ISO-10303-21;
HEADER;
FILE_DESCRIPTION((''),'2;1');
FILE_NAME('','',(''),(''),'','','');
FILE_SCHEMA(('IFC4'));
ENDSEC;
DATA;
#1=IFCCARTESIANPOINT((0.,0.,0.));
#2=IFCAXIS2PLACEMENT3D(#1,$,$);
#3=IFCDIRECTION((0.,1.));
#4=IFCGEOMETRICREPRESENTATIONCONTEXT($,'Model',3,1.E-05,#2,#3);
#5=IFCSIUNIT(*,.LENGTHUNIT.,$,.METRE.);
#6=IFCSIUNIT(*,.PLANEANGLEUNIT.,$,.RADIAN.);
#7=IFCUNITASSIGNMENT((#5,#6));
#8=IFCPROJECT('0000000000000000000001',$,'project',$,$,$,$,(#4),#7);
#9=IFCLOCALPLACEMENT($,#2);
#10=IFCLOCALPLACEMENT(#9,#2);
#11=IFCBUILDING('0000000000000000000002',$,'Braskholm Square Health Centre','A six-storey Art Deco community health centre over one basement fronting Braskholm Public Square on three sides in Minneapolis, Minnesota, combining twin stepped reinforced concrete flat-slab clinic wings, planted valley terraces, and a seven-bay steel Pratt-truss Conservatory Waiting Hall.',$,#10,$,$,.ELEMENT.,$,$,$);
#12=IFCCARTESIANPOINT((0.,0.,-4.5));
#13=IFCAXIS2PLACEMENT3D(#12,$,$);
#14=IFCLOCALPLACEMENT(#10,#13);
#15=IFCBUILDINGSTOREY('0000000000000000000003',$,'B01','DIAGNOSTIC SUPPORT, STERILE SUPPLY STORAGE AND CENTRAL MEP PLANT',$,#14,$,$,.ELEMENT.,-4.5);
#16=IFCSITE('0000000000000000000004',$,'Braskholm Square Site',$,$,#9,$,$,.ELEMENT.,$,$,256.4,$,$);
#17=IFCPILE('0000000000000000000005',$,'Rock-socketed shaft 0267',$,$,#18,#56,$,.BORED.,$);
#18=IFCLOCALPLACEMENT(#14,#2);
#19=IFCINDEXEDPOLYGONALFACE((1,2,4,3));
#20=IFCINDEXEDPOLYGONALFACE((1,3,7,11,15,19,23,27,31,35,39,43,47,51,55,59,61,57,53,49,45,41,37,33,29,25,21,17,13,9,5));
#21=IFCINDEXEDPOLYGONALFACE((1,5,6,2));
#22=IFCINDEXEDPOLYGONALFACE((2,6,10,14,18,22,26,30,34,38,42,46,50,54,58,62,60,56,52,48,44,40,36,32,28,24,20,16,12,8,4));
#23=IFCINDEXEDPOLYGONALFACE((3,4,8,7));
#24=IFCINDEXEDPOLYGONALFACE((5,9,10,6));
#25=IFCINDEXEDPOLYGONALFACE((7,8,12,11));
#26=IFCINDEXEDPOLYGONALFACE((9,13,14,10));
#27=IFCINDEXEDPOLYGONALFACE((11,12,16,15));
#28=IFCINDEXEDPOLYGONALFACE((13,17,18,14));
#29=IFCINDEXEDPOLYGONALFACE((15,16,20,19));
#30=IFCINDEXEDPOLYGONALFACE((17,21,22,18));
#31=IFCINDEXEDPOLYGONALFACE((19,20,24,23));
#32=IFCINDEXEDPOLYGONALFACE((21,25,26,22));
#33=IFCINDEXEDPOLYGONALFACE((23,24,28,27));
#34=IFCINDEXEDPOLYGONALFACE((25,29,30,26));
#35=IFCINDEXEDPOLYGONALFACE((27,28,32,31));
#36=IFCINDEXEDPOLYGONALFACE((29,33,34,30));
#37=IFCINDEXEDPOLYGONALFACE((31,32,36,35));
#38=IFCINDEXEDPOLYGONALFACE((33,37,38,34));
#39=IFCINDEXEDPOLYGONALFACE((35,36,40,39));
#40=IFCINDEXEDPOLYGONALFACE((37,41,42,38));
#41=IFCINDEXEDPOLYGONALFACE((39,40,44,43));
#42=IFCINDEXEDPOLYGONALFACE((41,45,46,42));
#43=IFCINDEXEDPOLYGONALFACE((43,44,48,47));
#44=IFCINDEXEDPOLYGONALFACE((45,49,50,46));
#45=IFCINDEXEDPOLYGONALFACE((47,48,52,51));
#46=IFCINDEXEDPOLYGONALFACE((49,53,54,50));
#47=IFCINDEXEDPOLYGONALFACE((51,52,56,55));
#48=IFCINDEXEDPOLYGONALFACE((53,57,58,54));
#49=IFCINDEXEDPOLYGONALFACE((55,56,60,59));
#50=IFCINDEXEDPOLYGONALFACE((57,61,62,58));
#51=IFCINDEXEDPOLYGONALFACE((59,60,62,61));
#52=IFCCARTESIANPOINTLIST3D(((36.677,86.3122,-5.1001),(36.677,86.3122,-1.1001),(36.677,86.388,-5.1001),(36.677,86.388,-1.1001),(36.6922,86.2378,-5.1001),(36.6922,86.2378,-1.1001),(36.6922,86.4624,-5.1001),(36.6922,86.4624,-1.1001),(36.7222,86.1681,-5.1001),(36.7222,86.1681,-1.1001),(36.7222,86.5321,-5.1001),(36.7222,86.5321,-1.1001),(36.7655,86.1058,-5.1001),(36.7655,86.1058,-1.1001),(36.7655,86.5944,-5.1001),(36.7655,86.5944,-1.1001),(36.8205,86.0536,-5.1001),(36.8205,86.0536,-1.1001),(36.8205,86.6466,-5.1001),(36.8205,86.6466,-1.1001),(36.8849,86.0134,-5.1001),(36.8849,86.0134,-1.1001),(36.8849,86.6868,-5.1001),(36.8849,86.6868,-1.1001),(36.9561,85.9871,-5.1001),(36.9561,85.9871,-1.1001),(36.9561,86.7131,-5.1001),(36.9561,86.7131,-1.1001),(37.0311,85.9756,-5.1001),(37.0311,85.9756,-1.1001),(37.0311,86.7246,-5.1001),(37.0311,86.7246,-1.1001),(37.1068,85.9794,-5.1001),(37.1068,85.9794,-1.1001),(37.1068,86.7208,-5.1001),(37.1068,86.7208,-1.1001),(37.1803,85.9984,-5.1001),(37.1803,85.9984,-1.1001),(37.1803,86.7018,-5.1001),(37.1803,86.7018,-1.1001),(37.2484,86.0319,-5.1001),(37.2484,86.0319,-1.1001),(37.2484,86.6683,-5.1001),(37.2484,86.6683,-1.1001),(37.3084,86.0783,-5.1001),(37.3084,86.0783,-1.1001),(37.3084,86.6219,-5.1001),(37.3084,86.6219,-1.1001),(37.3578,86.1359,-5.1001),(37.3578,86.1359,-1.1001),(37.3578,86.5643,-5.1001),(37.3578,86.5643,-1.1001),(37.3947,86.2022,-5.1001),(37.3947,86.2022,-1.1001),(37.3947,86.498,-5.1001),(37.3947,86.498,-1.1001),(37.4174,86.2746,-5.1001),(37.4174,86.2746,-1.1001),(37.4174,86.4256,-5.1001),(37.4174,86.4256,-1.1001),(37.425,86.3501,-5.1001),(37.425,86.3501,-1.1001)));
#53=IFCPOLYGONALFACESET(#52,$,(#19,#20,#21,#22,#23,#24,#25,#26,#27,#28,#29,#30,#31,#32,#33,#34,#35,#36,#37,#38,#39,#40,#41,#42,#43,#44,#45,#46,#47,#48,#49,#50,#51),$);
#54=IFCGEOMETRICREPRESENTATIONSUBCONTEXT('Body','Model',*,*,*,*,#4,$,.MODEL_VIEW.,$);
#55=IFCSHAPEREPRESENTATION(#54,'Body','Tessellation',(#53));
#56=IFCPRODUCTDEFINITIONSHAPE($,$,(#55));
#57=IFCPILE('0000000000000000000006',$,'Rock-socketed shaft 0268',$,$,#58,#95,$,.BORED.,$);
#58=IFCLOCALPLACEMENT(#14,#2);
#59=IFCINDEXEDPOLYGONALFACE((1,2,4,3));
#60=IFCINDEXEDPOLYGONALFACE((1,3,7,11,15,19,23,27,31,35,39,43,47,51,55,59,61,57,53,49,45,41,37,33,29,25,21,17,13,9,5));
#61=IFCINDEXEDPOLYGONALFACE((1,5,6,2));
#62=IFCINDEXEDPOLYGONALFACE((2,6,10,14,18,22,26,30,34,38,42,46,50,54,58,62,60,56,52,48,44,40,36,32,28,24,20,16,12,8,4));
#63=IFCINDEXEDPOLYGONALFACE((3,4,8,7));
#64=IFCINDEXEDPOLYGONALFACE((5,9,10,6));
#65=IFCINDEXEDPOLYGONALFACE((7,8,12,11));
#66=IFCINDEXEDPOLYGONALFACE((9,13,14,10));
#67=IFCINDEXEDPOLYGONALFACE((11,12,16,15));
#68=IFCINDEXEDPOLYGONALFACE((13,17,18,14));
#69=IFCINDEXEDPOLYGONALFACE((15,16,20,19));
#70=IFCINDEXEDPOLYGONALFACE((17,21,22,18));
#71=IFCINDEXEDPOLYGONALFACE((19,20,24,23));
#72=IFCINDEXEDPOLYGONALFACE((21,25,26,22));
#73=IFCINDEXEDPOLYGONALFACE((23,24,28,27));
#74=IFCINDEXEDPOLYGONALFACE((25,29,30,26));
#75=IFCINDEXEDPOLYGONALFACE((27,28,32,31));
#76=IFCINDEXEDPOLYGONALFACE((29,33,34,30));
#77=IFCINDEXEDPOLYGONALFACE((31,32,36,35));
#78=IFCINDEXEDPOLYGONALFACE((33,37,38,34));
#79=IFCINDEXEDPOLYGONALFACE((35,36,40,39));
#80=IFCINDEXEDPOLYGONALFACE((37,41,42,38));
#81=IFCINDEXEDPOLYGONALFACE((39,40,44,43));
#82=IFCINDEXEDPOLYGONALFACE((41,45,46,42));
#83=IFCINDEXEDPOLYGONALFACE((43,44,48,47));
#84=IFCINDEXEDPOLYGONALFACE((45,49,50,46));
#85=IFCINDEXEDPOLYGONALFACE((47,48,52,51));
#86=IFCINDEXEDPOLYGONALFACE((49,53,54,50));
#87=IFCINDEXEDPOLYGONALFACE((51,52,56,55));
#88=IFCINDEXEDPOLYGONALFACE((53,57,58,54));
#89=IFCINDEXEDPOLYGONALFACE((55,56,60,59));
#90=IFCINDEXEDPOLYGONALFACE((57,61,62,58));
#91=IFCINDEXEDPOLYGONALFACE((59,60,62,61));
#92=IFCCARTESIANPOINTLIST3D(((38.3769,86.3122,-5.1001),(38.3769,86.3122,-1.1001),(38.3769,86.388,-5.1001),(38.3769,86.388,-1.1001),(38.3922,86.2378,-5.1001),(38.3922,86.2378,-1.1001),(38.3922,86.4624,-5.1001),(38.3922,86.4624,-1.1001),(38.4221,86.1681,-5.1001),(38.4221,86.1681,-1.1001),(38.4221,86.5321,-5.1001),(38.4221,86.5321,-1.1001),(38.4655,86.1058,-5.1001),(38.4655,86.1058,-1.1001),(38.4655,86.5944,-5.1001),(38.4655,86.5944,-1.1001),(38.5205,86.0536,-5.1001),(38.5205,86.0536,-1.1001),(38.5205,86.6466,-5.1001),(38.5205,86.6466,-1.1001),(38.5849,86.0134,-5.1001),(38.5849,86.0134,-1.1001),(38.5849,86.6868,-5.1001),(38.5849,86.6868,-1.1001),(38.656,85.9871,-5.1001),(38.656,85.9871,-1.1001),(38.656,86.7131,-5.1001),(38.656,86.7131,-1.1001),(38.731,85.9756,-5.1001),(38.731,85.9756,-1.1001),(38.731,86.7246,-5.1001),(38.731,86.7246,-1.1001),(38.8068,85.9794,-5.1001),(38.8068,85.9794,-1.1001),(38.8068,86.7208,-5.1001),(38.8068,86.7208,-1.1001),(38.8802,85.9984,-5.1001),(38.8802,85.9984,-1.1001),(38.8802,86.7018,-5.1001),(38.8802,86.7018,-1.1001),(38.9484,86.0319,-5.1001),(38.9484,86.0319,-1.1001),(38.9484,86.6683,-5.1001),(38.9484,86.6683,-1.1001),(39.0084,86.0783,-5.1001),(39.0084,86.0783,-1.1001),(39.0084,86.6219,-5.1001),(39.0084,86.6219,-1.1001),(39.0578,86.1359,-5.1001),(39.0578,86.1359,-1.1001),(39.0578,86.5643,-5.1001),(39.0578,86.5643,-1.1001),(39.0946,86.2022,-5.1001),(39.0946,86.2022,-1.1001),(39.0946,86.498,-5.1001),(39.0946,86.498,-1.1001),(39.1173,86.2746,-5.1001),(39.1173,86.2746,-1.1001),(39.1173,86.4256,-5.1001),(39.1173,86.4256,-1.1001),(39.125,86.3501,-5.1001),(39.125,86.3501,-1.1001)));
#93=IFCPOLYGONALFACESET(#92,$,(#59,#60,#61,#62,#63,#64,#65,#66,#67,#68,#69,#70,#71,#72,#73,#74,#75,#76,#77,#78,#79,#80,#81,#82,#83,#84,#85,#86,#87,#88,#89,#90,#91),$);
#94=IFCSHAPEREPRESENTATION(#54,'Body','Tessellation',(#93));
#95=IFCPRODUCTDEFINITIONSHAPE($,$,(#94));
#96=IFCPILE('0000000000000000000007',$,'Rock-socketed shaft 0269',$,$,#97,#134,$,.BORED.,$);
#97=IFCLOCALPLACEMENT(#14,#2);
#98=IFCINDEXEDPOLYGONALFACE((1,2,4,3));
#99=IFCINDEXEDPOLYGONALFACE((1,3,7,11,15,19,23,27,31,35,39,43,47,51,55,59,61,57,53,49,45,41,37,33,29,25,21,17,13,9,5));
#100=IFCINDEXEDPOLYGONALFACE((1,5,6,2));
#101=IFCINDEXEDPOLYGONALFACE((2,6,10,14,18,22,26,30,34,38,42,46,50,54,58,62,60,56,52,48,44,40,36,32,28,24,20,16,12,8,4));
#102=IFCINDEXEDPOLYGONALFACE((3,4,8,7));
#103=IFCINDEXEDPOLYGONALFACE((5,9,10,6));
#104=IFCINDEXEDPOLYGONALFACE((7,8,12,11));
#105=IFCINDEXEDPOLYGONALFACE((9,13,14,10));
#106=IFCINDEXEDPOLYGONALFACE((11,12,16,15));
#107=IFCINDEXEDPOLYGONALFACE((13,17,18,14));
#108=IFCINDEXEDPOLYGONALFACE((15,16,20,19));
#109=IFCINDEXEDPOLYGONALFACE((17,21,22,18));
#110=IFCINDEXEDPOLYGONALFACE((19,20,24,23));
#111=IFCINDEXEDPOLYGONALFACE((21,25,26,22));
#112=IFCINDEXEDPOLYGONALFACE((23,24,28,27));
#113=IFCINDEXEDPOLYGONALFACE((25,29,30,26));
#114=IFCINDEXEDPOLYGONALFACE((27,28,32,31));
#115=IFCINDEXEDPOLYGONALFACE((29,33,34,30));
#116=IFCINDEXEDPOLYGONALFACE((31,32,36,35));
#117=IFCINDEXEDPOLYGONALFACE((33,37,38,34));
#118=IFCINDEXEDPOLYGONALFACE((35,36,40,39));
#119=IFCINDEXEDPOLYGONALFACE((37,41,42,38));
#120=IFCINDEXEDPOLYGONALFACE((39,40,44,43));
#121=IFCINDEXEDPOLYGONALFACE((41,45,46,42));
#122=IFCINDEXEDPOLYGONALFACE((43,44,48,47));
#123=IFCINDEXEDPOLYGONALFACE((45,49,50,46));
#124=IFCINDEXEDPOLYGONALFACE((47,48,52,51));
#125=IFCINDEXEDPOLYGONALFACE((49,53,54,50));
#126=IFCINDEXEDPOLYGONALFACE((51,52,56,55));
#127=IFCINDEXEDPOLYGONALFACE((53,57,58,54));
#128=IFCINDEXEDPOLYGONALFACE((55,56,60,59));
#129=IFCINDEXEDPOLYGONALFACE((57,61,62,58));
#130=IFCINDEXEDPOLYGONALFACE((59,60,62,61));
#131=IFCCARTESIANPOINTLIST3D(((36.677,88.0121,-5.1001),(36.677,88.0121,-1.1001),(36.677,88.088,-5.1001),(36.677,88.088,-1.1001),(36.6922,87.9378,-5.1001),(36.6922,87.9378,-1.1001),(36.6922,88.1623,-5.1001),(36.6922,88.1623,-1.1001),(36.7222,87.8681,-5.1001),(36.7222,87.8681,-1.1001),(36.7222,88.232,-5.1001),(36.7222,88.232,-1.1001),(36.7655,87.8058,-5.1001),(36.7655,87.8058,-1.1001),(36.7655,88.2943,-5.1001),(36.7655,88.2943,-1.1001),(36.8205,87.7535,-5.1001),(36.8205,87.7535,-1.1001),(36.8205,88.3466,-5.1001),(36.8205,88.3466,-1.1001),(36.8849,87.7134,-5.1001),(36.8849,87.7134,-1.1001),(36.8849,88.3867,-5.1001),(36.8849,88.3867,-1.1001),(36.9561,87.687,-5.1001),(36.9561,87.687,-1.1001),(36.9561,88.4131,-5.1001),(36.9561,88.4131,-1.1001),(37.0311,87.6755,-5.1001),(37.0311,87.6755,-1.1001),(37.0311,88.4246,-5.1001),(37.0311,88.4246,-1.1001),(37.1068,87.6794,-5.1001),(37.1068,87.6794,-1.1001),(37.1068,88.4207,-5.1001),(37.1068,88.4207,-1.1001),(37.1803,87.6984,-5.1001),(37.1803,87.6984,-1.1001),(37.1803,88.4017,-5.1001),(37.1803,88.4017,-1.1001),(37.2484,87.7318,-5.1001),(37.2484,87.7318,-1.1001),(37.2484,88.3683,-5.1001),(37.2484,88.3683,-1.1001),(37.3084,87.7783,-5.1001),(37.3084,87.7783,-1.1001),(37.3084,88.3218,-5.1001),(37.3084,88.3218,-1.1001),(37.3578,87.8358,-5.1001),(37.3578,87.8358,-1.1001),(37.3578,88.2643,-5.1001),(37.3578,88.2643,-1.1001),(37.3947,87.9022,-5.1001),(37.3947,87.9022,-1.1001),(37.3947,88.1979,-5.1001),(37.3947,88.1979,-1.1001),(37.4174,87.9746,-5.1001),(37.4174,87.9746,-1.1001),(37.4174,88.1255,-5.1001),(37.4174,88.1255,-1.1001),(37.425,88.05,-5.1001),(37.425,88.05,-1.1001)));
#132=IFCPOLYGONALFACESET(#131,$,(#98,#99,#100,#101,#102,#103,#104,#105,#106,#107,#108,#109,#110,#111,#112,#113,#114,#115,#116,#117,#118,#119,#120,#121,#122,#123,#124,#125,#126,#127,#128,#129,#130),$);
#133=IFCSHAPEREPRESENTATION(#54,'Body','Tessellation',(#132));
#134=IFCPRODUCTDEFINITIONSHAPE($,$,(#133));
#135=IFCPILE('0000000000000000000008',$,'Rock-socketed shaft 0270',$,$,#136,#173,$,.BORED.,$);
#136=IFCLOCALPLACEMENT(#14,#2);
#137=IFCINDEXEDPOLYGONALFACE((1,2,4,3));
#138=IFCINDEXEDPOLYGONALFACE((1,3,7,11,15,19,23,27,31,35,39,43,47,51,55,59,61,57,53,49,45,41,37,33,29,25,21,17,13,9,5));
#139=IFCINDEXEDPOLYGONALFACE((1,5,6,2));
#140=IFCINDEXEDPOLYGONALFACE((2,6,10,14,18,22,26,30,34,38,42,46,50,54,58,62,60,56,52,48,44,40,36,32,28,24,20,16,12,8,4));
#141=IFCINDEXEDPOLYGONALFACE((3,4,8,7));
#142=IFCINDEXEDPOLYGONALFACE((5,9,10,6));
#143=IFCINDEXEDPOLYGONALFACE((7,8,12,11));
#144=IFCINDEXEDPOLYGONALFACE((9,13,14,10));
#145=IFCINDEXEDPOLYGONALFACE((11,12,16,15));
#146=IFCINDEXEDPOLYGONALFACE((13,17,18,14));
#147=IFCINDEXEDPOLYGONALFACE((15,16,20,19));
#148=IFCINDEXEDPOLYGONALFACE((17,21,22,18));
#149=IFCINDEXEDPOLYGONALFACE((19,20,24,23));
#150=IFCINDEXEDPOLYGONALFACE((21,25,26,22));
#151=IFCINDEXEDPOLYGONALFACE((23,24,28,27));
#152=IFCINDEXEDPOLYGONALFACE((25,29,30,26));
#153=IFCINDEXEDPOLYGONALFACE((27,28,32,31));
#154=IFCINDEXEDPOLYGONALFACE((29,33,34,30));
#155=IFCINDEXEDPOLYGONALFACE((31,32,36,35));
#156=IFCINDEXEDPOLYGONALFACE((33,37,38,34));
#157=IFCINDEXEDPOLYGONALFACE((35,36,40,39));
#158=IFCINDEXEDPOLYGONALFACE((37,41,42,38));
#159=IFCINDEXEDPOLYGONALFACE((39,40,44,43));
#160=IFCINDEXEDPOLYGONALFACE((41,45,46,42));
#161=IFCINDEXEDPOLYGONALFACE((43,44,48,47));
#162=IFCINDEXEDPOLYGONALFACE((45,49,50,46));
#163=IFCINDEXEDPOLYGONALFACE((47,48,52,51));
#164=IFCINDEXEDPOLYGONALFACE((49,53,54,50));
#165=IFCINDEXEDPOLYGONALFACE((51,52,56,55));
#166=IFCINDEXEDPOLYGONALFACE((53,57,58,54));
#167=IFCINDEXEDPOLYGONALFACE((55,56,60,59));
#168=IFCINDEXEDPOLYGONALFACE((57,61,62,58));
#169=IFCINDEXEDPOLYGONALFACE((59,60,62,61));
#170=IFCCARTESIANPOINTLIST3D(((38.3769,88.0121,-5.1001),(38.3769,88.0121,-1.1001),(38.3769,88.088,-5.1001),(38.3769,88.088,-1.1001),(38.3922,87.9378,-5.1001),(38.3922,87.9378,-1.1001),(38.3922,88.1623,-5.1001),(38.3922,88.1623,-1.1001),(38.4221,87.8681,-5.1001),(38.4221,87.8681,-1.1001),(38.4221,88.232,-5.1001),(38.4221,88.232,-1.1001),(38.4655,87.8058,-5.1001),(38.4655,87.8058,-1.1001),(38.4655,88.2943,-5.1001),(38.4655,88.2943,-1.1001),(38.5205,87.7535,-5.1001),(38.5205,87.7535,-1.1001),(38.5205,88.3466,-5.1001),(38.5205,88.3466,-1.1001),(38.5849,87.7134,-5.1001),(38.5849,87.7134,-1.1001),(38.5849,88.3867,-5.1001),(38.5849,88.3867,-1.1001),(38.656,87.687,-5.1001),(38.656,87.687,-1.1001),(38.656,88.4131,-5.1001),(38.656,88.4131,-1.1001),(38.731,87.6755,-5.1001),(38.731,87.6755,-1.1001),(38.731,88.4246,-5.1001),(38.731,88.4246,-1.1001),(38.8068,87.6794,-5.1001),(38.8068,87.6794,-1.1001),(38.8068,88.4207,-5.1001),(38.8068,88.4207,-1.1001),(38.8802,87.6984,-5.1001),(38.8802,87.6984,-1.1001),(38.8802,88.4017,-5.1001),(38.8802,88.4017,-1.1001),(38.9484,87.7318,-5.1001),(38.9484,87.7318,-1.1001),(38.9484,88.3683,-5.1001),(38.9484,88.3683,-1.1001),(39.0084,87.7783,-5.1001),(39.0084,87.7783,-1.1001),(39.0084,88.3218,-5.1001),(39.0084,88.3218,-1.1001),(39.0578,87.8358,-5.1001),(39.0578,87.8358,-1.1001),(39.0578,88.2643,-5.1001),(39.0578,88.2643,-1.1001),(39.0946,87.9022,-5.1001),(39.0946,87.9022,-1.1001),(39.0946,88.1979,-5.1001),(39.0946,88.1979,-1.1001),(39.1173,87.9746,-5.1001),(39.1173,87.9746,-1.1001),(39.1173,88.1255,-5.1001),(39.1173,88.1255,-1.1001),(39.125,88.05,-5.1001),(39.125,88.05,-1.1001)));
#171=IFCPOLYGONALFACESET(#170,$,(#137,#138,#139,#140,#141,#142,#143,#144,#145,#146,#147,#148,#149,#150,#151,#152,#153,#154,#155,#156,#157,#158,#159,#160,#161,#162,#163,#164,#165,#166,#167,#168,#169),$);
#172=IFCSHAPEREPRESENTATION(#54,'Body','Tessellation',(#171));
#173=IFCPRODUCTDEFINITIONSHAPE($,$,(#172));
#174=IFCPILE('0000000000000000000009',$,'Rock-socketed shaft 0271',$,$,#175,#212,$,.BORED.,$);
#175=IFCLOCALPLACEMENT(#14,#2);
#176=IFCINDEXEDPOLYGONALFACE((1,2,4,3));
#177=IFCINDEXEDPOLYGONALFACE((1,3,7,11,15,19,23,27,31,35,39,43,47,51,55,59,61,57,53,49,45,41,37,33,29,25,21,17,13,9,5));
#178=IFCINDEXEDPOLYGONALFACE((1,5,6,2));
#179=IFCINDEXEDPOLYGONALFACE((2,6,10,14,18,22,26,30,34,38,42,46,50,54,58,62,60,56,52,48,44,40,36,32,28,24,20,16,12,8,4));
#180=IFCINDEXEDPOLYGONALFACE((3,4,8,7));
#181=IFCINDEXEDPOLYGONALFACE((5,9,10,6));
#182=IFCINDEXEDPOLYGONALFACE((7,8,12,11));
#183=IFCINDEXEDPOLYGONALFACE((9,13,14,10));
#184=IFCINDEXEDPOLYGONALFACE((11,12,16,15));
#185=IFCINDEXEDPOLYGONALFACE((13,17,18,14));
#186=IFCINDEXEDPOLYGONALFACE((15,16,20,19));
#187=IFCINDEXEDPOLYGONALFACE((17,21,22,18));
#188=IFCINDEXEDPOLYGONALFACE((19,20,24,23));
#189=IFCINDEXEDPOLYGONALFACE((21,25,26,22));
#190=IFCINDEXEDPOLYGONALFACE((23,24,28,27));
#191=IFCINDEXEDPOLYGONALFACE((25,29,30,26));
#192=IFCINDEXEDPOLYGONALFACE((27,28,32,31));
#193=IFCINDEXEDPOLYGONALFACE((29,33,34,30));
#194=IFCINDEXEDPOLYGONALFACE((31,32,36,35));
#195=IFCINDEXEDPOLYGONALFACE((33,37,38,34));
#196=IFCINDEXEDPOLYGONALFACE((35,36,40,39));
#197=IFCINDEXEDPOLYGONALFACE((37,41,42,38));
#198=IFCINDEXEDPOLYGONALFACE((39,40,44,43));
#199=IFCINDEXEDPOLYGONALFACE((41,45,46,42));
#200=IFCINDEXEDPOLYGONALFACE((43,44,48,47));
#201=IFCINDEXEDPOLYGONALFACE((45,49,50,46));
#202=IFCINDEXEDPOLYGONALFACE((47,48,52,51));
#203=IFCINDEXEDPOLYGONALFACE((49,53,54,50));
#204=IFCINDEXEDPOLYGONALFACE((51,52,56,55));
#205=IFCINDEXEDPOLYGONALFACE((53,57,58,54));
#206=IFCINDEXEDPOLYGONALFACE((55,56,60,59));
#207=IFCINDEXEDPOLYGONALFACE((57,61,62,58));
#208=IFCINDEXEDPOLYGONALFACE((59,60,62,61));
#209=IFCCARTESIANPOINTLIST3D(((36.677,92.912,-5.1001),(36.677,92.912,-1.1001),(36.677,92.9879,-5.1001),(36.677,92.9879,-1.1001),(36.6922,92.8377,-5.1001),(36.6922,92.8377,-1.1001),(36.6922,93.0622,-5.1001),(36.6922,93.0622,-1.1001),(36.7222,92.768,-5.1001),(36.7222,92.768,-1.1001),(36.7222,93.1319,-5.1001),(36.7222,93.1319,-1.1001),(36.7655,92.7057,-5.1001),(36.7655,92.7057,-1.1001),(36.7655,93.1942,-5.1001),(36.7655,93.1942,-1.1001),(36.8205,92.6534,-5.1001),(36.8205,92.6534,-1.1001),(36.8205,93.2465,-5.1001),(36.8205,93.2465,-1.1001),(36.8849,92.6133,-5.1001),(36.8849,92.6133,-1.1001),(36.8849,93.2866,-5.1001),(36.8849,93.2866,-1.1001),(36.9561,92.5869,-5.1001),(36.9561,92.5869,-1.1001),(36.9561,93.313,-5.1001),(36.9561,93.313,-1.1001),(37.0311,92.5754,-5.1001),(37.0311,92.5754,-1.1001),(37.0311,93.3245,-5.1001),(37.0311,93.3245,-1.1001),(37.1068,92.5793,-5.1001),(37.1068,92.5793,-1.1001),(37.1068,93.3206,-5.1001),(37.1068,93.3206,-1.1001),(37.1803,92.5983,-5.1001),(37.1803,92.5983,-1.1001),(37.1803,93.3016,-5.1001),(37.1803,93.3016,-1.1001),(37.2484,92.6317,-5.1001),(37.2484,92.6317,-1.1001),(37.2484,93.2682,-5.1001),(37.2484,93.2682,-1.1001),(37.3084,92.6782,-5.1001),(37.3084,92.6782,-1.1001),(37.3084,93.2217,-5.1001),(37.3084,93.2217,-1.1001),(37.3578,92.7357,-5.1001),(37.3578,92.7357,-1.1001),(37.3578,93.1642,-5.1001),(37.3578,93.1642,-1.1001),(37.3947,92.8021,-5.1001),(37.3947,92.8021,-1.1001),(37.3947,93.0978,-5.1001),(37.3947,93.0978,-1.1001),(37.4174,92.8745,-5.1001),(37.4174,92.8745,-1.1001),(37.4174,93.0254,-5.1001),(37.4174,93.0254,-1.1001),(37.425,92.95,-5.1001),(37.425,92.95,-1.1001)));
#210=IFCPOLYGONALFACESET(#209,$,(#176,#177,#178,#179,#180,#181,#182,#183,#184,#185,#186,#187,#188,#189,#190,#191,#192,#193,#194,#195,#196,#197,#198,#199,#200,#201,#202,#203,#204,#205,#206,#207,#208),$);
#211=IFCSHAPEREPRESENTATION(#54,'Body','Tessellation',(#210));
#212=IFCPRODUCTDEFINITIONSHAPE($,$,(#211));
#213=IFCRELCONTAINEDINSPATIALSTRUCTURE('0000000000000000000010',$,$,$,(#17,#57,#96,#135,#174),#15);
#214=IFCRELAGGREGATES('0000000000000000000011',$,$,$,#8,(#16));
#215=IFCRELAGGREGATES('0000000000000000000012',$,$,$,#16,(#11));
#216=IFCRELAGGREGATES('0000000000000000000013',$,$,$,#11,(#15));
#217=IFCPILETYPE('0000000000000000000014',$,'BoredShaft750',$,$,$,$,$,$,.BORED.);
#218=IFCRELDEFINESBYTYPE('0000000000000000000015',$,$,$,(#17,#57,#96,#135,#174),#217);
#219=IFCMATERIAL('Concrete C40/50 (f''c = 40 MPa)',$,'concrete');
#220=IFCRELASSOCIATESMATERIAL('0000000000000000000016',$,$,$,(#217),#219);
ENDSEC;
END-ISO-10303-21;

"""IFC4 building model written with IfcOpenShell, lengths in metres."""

from ifc_helpers import new_model, si_unit, direction, frame, origin, origin_2d, place, context, subcontext, project, spatial, circle, extrude, material, material_profile, profile_set, type_object, element, save


model = new_model("IFC4")

# Units and contexts
model_context = context("Model", 3, precision=1e-05, world=origin(), true_north=direction((0.0, 1.0)))
body_context = subcontext(model_context, "Body", "Model", "MODEL_VIEW")
ifc_project = project(units=[si_unit("LENGTHUNIT", "METRE"), si_unit("PLANEANGLEUNIT", "RADIAN")], contexts=[model_context])

# Site, building, storey
site_placement = place(None, origin())
site = spatial("IfcSite", under=ifc_project, at=site_placement, Name="Braskholm Square Site", CompositionType="ELEMENT", RefElevation=256.4)
building_placement = place(site_placement, origin())
building = spatial("IfcBuilding", under=site, at=building_placement, Name="Braskholm Square Health Centre", Description="A six-storey Art Deco community health centre over one basement fronting Braskholm Public Square on three sides in Minneapolis, Minnesota, combining twin stepped reinforced concrete flat-slab clinic wings, planted valley terraces, and a seven-bay steel Pratt-truss Conservatory Waiting Hall.", CompositionType="ELEMENT")
storey_placement = place(building_placement, frame((0.0, 0.0, -4.5)))
storey = spatial("IfcBuildingStorey", under=building, at=storey_placement, Name="B01", Description="DIAGNOSTIC SUPPORT, STERILE SUPPLY STORAGE AND CENTRAL MEP PLANT", CompositionType="ELEMENT", Elevation=-4.5)

# Piles
ifc_material_1 = material(Name="Concrete C40/50 (f'c = 40 MPa)", Category="concrete")
ifc_material_profile_1 = material_profile(ifc_material_1, circle(Radius=0.375, at=origin_2d()), Name="BORED-PILE-750")
ifc_profile_set_1 = profile_set([ifc_material_profile_1], Name="Concrete C40/50 (f'c = 40 MPa)")
pile_type_1 = type_object("IfcPileType", Name="BoredShaft750", PredefinedType="BORED", material=ifc_profile_set_1)
for number, where, z_axis, x_axis, name in (
    (1, (37.05, 86.3501, -1.1001), (0.0, 0.0, -1.0), (1.0, 0.0, 0.0), "Rock-socketed shaft 0267"),
    (2, (38.75, 86.3501, -1.1001), (0.0, 0.0, -1.0), (1.0, 0.0, 0.0), "Rock-socketed shaft 0268"),
    (3, (37.05, 88.05, -1.1001), (0.0, 0.0, -1.0), (1.0, 0.0, 0.0), "Rock-socketed shaft 0269"),
    (4, (38.75, 88.05, -1.1001), (0.0, 0.0, -1.0), (1.0, 0.0, 0.0), "Rock-socketed shaft 0270"),
    (5, (37.05, 92.95, -1.1001), (0.0, 0.0, -1.0), (1.0, 0.0, 0.0), "Rock-socketed shaft 0271"),
):
    element("IfcPile", number, at=place(storey_placement, frame(where, z_axis=z_axis, x_axis=x_axis)), inside=storey, type_object=pile_type_1, Name=name, PredefinedType="BORED", context=body_context, shape_type="SweptSolid", body=[
        extrude(circle(Radius=0.375, at=origin_2d()), origin(), (0.0, 0.0, 1.0), 4.0),
    ])

save(model, "model.ifc")
